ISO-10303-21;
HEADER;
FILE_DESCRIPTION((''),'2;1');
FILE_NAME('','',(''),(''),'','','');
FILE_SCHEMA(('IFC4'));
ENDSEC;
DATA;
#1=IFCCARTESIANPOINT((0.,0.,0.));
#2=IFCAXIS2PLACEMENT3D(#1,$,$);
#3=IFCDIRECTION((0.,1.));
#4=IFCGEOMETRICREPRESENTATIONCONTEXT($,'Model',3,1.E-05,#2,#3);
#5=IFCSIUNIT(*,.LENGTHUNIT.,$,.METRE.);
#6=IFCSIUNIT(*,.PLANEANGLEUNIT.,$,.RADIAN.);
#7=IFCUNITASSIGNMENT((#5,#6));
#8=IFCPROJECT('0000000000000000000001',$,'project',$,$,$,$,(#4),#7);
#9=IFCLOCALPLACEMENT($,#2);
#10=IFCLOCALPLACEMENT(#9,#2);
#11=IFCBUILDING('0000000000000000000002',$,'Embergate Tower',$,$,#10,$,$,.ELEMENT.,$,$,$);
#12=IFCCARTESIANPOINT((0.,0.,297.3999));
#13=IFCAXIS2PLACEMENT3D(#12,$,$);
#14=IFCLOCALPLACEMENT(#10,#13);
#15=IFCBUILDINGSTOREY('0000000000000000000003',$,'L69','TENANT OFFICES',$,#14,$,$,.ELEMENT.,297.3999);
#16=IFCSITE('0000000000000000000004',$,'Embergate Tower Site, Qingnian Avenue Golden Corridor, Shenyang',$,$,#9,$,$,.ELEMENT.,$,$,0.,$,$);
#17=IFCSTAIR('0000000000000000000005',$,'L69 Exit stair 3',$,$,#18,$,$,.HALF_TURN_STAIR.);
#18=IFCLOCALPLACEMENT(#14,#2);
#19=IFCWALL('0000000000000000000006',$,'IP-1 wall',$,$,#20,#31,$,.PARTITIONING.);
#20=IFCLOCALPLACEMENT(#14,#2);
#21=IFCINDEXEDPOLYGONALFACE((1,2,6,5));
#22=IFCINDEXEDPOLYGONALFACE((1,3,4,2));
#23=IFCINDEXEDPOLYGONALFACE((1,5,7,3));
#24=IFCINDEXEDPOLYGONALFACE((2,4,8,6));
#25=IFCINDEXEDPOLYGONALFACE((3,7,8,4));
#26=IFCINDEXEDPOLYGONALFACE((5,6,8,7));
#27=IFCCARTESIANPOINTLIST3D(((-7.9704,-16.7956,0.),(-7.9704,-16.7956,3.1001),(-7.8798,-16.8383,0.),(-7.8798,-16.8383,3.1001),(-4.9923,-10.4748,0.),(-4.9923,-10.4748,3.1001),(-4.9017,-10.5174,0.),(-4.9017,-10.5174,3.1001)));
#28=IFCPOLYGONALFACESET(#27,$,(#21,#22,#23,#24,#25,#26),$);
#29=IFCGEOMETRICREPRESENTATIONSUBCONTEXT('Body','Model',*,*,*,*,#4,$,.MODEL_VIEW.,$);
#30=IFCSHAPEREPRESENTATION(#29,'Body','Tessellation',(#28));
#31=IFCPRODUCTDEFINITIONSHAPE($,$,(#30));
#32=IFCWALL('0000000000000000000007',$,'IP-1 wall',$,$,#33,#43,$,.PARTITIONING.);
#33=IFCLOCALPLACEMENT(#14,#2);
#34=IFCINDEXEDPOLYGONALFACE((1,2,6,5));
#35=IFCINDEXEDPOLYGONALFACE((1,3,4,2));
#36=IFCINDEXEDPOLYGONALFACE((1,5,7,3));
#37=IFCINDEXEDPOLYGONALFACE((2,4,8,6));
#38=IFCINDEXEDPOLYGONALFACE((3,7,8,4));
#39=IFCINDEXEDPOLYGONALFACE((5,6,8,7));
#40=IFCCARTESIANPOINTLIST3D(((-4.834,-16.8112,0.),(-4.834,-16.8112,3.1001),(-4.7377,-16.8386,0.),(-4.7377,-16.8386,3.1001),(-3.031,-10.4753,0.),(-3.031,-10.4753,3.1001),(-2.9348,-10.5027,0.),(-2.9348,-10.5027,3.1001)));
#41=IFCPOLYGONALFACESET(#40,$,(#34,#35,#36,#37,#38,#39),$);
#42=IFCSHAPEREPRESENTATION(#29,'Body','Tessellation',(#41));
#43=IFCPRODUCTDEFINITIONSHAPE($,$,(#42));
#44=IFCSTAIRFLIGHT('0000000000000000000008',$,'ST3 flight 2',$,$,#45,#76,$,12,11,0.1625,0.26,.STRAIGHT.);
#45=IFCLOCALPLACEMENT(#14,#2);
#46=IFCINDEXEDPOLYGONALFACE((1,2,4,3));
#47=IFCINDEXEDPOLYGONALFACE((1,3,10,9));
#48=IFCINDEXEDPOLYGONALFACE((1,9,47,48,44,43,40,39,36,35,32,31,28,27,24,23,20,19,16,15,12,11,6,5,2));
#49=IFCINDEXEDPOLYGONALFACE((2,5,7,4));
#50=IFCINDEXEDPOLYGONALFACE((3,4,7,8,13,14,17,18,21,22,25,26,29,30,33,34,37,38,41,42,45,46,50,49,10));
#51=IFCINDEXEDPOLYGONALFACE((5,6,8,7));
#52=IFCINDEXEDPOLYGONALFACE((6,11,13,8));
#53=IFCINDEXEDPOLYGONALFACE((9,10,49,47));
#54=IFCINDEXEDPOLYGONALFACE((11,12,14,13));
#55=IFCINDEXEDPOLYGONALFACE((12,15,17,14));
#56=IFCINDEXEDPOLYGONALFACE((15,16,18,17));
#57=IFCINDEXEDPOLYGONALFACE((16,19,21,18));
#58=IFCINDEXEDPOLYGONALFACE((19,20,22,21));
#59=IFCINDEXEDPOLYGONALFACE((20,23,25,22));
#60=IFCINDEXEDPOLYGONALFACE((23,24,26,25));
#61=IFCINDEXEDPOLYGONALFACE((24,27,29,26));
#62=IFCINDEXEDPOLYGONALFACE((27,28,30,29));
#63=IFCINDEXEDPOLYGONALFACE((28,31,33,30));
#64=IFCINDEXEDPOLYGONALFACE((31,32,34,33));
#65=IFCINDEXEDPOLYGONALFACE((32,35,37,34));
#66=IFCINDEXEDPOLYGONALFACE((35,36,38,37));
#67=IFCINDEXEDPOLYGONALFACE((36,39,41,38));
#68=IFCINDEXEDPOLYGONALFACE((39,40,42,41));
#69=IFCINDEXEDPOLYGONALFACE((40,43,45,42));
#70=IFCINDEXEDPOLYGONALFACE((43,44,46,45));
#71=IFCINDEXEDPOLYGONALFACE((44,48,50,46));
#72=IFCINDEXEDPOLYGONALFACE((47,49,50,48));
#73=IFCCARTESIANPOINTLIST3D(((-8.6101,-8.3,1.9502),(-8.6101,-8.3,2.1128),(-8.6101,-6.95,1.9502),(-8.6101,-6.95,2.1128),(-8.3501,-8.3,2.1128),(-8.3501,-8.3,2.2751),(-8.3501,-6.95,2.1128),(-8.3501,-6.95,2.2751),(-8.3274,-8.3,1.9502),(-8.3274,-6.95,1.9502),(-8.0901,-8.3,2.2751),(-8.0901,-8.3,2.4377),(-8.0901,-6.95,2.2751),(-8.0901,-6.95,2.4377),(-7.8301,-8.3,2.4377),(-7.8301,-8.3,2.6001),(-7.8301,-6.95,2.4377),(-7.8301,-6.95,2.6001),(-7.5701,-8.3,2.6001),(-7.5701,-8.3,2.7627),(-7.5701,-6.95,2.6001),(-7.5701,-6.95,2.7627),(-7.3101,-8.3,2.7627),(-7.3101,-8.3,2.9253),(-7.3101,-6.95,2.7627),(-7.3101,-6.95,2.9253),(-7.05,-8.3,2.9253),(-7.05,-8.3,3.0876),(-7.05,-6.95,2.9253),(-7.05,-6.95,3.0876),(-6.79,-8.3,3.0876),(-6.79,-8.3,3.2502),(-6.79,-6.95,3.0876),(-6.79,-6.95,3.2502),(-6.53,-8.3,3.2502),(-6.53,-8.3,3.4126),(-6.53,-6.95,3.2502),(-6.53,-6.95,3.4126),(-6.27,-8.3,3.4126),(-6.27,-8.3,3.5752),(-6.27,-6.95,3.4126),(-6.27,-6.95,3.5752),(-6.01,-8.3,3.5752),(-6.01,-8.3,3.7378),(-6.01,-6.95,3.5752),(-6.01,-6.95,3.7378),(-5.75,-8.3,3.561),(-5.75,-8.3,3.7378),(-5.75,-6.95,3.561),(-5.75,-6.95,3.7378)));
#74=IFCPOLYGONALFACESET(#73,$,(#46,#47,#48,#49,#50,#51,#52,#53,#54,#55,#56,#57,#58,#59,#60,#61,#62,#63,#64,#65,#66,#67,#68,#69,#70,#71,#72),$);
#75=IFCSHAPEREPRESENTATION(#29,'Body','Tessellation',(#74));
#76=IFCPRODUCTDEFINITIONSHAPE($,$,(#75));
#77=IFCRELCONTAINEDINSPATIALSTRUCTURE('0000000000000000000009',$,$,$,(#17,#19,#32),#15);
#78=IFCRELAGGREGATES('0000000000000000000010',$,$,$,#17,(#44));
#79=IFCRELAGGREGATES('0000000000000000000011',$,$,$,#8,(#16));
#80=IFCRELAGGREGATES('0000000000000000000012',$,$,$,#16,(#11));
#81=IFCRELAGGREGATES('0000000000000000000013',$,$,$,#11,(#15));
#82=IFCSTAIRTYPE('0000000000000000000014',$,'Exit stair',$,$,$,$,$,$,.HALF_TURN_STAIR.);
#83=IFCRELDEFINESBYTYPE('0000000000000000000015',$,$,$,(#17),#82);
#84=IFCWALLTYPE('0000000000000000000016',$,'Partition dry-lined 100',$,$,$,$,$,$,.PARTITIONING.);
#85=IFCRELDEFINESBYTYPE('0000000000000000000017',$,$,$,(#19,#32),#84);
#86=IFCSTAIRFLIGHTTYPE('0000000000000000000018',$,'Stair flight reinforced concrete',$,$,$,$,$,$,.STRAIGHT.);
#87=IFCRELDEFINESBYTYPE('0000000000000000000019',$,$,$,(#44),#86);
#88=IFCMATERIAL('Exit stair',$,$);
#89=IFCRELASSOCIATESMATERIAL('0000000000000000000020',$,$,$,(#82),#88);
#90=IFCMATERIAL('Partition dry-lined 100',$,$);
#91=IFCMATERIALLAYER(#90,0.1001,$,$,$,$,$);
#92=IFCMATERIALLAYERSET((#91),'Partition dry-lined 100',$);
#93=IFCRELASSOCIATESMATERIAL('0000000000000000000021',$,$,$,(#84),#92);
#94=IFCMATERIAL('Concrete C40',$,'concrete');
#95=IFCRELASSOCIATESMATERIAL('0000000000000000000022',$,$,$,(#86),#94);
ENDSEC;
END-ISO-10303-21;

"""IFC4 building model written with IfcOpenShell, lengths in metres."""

from ifc_helpers import new_model, si_unit, direction, frame, frame_2d, origin, place, context, subcontext, project, spatial, polyline, rectangle, outline, extrude, source, transform, mapped, material, layer, layer_set, type_object, element, aggregate, save


model = new_model("IFC4")

# Units and contexts
model_context = context("Model", 3, precision=1e-05, world=origin(), true_north=direction((0.0, 1.0)))
body_context = subcontext(model_context, "Body", "Model", "MODEL_VIEW")
ifc_project = project(units=[si_unit("LENGTHUNIT", "METRE"), si_unit("PLANEANGLEUNIT", "RADIAN")], contexts=[model_context])

# Site, building, storey
site_placement = place(None, origin())
site = spatial("IfcSite", under=ifc_project, at=site_placement, Name="Embergate Tower Site, Qingnian Avenue Golden Corridor, Shenyang", CompositionType="ELEMENT", RefElevation=0.0)
building_placement = place(site_placement, origin())
building = spatial("IfcBuilding", under=site, at=building_placement, Name="Embergate Tower", CompositionType="ELEMENT")
storey_placement = place(building_placement, frame((0.0, 0.0, 297.3999)))
storey = spatial("IfcBuildingStorey", under=building, at=storey_placement, Name="L69", Description="TENANT OFFICES", CompositionType="ELEMENT", Elevation=297.3999)

# Stair
ifc_material_1 = material(Name="Exit stair")
stair_type = type_object("IfcStairType", Name="Exit stair", PredefinedType="HALF_TURN_STAIR", material=ifc_material_1)
stair_placement = place(storey_placement, origin())
stair = element("IfcStair", 1, at=stair_placement, inside=storey, type_object=stair_type, Name="L69 Exit stair 3", PredefinedType="HALF_TURN_STAIR")
ifc_material_2 = material(Name="Concrete C40", Category="concrete")

# Walls
ifc_material_3 = material(Name="Partition dry-lined 100")
ifc_layer_1 = layer(ifc_material_3, 0.1001)
ifc_layer_set_1 = layer_set([ifc_layer_1], Name="Partition dry-lined 100")
wall_type_1 = type_object("IfcWallType", Name="Partition dry-lined 100", PredefinedType="PARTITIONING", material=ifc_layer_set_1)
shared_shape_1 = source(origin(), body_context, "Body", "SweptSolid", [
    extrude(rectangle(XDim=6.9873, YDim=0.1001, at=frame_2d((3.4937, 0.0))), origin(), (0.0, 0.0, 1.0), 3.1001),
])
wall_1_placement = place(storey_placement, frame((-4.947, -10.4961, 0.0), z_axis=(0.0, 0.0, 1.0), x_axis=(-0.426211, -0.904624, 0.0)))
element("IfcWall", 2, at=wall_1_placement, inside=storey, type_object=wall_type_1, Name="IP-1 wall", PredefinedType="PARTITIONING", context=body_context, shape_type="MappedRepresentation", body=[
    mapped(shared_shape_1, transform((0.0, 0.0, 0.0))),
])
shared_shape_2 = source(origin(), body_context, "Body", "SweptSolid", [
    extrude(rectangle(XDim=6.5874, YDim=0.1001, at=frame_2d((3.2937, 0.0))), origin(), (0.0, 0.0, 1.0), 3.1001),
])
wall_2_placement = place(storey_placement, frame((-2.9829, -10.489, 0.0), z_axis=(0.0, 0.0, 1.0), x_axis=(-0.273698, -0.961816, 0.0)))
element("IfcWall", 3, at=wall_2_placement, inside=storey, type_object=wall_type_1, Name="IP-1 wall", PredefinedType="PARTITIONING", context=body_context, shape_type="MappedRepresentation", body=[
    mapped(shared_shape_2, transform((0.0, 0.0, 0.0))),
])

# Stair flight
stair_flight_type = type_object("IfcStairFlightType", Name="Stair flight reinforced concrete", PredefinedType="STRAIGHT", material=ifc_material_2)
shared_shape_3 = source(origin(), body_context, "Body", "SweptSolid", [
    extrude(outline(polyline([(0.0, 0.0), (0.0, 0.1626), (0.26, 0.1626), (0.26, 0.325), (0.52, 0.325), (0.52, 0.4875), (0.78, 0.4875), (0.78, 0.6499), (1.04, 0.6499), (1.04, 0.8125), (1.3, 0.8125), (1.3, 0.9751), (1.5601, 0.9751), (1.5601, 1.1375), (1.8201, 1.1375), (1.8201, 1.3), (2.0801, 1.3), (2.0801, 1.4624), (2.3401, 1.4624), (2.3401, 1.625), (2.6001, 1.625), (2.6001, 1.7876), (2.8601, 1.7876), (2.8601, 1.95), (2.8601, 1.6108), (0.2827, 0.0), (0.0, 0.0)])), frame((0.0, 0.675, 0.0), z_axis=(0.0, -1.0, 0.0), x_axis=(1.0, 0.0, 0.0)), (0.0, 0.0, 1.0), 1.3501),
])
stair_flight_placement = place(storey_placement, frame((-8.6101, -7.625, 1.9502), z_axis=(0.0, 0.0, 1.0), x_axis=(1.0, 0.0, 0.0)))
stair_flight = element("IfcStairFlight", 4, at=stair_flight_placement, type_object=stair_flight_type, Name="ST3 flight 2", NumberOfRisers=12, NumberOfTreads=11, PredefinedType="STRAIGHT", RiserHeight=0.1625, TreadLength=0.26, context=body_context, shape_type="MappedRepresentation", body=[
    mapped(shared_shape_3, transform((0.0, 0.0, 0.0))),
])
aggregate(stair, [stair_flight])

save(model, "model.ifc")
